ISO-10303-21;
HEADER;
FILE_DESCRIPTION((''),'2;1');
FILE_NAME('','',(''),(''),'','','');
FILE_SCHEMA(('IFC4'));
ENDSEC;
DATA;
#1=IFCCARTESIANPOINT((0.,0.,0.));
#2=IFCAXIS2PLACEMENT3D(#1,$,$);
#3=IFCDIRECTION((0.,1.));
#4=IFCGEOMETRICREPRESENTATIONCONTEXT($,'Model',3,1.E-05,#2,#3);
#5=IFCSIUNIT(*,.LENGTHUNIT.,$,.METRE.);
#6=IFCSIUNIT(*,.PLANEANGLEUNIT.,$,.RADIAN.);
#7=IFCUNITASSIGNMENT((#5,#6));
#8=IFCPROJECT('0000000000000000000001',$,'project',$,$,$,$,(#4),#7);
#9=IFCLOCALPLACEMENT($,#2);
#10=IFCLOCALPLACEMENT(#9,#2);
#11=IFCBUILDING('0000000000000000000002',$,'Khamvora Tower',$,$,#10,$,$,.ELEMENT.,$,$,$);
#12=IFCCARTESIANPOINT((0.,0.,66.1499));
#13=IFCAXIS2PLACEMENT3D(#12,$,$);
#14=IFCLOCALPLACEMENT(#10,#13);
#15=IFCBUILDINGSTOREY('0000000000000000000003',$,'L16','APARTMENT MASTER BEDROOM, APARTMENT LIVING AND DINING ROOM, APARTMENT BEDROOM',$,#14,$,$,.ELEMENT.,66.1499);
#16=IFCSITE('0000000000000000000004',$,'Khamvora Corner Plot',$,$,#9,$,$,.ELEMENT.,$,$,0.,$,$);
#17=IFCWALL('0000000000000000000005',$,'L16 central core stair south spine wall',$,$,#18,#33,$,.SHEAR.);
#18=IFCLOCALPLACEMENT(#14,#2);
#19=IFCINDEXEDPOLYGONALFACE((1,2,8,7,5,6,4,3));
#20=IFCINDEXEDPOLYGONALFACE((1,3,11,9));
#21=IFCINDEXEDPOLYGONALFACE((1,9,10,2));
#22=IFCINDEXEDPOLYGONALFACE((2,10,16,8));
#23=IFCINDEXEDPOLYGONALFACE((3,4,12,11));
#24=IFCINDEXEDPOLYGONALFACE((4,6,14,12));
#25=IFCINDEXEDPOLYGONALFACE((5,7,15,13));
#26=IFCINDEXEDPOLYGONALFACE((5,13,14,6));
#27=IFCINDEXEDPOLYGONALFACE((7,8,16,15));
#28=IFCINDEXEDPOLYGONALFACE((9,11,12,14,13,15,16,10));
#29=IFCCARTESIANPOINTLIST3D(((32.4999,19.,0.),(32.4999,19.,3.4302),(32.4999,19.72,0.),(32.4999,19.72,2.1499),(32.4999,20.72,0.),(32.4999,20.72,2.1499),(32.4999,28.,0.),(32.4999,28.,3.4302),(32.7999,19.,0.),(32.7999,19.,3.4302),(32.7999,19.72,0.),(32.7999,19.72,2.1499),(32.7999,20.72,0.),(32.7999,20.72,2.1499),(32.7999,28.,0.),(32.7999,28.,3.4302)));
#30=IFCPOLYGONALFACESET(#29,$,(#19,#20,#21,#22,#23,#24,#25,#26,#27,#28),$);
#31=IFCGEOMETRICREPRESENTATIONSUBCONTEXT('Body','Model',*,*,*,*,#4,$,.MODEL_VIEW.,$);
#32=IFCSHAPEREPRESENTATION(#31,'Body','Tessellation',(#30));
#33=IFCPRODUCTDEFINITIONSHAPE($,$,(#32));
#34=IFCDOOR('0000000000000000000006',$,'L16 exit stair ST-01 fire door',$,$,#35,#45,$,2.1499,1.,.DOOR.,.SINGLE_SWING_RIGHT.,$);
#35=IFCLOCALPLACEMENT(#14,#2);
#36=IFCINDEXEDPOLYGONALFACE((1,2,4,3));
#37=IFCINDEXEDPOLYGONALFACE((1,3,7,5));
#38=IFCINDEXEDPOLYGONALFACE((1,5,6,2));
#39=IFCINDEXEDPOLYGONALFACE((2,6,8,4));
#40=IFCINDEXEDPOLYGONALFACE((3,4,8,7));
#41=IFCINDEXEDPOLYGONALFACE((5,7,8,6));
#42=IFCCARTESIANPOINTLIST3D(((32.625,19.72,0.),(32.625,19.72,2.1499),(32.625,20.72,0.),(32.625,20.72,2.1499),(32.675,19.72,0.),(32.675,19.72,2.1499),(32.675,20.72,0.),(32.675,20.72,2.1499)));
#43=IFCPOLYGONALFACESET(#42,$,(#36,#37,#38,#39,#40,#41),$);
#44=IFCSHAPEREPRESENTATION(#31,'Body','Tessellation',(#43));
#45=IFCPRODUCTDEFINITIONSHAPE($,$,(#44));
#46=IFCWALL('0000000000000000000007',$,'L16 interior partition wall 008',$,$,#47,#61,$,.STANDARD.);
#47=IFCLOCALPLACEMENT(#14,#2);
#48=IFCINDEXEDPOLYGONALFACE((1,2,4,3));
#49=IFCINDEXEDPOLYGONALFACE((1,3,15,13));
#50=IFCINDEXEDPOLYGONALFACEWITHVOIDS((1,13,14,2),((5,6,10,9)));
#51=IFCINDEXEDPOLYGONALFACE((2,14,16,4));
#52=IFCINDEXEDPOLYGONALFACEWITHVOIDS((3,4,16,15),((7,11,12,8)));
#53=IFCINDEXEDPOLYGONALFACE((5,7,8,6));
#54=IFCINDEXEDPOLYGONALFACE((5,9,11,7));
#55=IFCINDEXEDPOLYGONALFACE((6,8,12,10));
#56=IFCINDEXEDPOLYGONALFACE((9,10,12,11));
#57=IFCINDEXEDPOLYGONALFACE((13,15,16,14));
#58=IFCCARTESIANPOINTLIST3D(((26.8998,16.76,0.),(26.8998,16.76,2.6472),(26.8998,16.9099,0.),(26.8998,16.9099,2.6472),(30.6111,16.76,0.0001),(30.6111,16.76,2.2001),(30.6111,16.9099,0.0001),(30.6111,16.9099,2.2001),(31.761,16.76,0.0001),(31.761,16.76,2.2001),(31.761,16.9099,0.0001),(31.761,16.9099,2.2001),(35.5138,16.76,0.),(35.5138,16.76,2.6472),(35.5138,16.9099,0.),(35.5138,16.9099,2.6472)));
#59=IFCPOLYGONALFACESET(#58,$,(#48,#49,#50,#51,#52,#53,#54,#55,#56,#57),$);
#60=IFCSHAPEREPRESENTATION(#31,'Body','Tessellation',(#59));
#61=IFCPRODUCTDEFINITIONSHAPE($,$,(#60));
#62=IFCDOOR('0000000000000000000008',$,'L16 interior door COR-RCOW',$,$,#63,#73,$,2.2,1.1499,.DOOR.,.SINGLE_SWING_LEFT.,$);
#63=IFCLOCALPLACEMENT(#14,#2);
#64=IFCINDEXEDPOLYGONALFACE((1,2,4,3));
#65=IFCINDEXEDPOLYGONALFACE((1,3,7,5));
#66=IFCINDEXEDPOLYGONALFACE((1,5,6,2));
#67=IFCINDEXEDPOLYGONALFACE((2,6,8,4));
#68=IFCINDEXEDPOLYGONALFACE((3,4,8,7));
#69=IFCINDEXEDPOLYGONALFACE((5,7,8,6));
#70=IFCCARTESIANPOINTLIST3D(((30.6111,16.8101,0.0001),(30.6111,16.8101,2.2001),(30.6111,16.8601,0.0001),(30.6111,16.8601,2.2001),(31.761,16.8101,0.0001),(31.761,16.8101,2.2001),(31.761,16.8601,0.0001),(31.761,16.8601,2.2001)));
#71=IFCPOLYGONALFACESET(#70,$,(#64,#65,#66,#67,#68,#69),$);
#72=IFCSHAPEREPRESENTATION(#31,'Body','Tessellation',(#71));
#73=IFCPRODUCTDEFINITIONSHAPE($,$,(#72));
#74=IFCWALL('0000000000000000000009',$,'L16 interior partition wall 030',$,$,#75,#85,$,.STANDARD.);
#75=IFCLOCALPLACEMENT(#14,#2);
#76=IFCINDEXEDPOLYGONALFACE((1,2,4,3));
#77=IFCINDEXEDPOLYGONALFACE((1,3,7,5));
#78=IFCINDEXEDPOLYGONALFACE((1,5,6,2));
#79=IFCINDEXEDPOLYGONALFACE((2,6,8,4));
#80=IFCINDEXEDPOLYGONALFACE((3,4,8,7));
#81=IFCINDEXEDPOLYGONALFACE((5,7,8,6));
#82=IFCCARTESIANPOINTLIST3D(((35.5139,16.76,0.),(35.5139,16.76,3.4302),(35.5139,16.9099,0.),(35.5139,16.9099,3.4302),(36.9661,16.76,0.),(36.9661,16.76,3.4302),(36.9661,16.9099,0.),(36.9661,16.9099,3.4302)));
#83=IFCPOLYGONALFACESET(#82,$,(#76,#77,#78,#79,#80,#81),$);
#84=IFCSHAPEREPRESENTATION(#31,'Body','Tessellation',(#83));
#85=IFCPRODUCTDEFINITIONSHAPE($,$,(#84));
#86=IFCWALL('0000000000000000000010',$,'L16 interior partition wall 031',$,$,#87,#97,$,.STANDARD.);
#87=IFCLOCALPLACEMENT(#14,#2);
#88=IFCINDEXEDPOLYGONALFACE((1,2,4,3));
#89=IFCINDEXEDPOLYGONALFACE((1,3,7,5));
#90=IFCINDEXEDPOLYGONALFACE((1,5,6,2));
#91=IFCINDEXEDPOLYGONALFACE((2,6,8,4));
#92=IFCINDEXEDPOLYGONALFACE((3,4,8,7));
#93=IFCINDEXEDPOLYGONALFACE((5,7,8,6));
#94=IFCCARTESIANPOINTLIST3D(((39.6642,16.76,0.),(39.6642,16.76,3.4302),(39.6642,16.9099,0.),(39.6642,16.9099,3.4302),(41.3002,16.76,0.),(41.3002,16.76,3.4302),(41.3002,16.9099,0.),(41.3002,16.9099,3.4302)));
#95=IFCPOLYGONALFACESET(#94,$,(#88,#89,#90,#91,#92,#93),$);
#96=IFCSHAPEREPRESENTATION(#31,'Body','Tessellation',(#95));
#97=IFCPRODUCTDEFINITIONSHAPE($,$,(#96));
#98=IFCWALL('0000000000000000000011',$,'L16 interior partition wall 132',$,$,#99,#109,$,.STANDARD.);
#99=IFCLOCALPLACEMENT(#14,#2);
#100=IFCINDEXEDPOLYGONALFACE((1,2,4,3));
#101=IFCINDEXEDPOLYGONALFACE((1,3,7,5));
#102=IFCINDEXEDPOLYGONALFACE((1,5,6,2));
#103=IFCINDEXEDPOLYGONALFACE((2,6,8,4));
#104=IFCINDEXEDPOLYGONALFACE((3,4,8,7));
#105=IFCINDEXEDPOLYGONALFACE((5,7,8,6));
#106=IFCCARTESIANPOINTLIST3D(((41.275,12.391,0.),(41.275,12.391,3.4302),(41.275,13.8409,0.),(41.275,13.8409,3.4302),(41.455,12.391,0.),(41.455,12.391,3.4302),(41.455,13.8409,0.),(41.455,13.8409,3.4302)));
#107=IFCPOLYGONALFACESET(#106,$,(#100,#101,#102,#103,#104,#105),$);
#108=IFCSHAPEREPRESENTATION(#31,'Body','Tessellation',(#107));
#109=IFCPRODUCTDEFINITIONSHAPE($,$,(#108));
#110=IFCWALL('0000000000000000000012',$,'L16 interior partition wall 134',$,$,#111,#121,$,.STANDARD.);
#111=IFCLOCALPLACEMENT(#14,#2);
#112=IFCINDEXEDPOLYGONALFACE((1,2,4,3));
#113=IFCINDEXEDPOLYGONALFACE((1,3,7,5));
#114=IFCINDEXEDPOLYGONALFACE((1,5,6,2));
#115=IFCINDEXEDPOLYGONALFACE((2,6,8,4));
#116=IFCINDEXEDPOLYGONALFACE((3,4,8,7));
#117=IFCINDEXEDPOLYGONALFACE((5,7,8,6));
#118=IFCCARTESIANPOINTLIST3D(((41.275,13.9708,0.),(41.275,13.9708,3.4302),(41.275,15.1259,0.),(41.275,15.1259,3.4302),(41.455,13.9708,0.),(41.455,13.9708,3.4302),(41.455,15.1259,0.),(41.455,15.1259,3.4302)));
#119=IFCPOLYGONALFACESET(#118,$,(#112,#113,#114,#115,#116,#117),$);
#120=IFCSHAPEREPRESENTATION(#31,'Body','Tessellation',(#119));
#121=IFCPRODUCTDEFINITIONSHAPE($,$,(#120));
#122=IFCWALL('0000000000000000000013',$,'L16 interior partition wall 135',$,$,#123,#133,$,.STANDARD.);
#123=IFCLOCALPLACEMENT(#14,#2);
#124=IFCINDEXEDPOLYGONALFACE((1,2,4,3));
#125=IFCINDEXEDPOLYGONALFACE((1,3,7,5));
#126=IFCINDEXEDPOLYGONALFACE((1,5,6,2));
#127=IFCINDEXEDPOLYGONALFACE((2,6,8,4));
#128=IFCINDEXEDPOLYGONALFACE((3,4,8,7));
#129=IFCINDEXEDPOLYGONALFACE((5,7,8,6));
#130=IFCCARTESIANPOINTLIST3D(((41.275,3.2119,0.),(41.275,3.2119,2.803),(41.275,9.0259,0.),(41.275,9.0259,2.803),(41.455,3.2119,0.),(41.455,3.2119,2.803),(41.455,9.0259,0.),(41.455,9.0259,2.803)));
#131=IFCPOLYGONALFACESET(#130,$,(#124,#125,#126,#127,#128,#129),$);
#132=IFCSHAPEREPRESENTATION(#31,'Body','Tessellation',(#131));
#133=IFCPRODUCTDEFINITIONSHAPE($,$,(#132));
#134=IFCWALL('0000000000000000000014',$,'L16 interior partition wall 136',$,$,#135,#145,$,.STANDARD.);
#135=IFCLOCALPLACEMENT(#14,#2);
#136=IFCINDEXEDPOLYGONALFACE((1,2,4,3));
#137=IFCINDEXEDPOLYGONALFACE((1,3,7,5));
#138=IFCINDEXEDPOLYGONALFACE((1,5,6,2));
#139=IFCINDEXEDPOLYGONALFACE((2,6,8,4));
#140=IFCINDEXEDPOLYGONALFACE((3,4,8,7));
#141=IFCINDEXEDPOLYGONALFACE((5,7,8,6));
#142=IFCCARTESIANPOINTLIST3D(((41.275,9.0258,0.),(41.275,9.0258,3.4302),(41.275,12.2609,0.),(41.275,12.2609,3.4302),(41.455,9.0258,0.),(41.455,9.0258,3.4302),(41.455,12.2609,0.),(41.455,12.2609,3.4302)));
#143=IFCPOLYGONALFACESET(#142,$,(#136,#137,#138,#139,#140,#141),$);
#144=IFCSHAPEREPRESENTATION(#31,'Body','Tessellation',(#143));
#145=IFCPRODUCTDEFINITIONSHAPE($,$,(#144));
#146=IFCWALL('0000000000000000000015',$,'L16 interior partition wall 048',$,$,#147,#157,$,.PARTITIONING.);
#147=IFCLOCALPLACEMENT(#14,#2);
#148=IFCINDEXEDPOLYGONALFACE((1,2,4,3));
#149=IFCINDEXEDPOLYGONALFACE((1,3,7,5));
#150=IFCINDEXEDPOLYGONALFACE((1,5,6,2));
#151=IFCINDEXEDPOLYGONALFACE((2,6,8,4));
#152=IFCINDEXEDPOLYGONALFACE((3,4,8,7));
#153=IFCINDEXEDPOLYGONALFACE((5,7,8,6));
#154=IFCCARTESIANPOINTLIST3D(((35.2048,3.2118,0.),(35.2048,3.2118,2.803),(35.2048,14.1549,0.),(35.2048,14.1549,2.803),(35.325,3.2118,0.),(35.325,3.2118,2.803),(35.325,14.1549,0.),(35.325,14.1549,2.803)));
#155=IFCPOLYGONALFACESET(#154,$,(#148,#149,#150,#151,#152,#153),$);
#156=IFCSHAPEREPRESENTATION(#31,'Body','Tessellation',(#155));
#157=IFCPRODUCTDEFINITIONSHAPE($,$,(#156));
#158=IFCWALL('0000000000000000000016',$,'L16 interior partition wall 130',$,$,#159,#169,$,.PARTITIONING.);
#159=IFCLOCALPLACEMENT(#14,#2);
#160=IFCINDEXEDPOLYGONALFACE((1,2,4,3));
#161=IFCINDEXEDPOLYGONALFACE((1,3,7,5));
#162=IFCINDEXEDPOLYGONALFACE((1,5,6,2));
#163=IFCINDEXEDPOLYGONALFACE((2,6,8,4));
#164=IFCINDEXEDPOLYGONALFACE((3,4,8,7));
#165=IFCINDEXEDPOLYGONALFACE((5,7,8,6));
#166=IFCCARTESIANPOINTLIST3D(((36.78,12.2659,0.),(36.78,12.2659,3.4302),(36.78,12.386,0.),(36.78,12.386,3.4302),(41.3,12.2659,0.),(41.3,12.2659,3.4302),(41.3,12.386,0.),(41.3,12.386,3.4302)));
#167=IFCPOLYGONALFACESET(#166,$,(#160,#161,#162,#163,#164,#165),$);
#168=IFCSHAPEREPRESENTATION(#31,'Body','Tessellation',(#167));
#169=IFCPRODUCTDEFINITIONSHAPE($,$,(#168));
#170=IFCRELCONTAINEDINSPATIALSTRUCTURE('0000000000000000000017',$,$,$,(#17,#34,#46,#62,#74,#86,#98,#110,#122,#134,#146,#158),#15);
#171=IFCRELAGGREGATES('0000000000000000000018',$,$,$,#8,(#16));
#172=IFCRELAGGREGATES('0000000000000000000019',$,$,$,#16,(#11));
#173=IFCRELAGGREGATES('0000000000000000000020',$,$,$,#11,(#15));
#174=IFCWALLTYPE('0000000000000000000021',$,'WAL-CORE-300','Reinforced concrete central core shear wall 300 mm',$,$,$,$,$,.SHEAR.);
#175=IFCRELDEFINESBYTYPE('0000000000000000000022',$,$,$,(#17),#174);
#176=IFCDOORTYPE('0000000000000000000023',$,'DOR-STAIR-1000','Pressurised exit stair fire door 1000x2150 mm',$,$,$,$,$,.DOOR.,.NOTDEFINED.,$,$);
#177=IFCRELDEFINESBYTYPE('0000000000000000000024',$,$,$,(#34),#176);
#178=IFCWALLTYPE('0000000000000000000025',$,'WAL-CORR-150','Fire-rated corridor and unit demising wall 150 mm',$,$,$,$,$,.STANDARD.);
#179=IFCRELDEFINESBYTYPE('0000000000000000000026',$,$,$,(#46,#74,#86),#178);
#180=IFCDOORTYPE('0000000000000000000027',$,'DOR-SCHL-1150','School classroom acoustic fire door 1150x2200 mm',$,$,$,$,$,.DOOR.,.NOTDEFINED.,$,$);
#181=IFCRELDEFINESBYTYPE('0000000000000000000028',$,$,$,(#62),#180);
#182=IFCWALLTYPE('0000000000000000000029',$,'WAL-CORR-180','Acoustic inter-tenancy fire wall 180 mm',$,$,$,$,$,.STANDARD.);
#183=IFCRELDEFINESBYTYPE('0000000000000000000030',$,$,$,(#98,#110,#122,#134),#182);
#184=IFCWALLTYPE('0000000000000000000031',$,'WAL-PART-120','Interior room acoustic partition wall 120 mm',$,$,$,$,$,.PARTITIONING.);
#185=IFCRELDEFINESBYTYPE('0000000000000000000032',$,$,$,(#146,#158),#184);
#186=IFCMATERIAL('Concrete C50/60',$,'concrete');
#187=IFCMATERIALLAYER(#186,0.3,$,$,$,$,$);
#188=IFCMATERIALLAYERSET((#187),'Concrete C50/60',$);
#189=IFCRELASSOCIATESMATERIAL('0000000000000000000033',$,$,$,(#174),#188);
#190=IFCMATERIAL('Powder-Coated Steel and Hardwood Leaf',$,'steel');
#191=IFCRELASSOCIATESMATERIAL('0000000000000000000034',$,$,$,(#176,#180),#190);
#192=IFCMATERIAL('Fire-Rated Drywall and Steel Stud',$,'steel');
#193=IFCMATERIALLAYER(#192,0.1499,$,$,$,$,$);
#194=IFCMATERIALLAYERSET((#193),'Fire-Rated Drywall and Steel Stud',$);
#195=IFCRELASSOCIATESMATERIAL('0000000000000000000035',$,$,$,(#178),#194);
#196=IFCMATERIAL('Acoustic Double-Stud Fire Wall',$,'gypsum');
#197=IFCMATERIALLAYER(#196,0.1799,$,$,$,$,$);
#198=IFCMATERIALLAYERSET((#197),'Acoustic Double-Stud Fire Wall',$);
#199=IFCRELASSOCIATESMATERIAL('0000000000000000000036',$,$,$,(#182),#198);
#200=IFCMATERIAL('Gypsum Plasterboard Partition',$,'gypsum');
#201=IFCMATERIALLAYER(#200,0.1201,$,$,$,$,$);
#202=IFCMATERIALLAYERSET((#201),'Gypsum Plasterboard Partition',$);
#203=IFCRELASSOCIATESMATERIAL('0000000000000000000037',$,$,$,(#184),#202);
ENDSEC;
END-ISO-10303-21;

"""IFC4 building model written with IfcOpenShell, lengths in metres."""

from ifc_helpers import new_model, si_unit, direction, frame, frame_2d, origin, place, context, subcontext, project, spatial, rectangle, extrude, material, layer, layer_set, type_object, element, fill, save


model = new_model("IFC4")

# Units and contexts
model_context = context("Model", 3, precision=1e-05, world=origin(), true_north=direction((0.0, 1.0)))
body_context = subcontext(model_context, "Body", "Model", "MODEL_VIEW")
ifc_project = project(units=[si_unit("LENGTHUNIT", "METRE"), si_unit("PLANEANGLEUNIT", "RADIAN")], contexts=[model_context])

# Site, building, storey
site_placement = place(None, origin())
site = spatial("IfcSite", under=ifc_project, at=site_placement, Name="Khamvora Corner Plot", CompositionType="ELEMENT", RefElevation=0.0)
building_placement = place(site_placement, origin())
building = spatial("IfcBuilding", under=site, at=building_placement, Name="Khamvora Tower", CompositionType="ELEMENT")
storey_placement = place(building_placement, frame((0.0, 0.0, 66.1499)))
storey = spatial("IfcBuildingStorey", under=building, at=storey_placement, Name="L16", Description="APARTMENT MASTER BEDROOM, APARTMENT LIVING AND DINING ROOM, APARTMENT BEDROOM", CompositionType="ELEMENT", Elevation=66.1499)

# Walls, openings, doors
ifc_material_1 = material(Name="Concrete C50/60", Category="concrete")
ifc_layer_1 = layer(ifc_material_1, 0.3)
ifc_layer_set_1 = layer_set([ifc_layer_1], Name="Concrete C50/60")
wall_type_1 = type_object("IfcWallType", Name="WAL-CORE-300", Description="Reinforced concrete central core shear wall 300 mm", PredefinedType="SHEAR", material=ifc_layer_set_1)
wall_1_placement = place(storey_placement, frame((32.6499, 19.0, 0.0), z_axis=(0.0, 0.0, 1.0), x_axis=(0.0, 1.0, 0.0)))
wall_1 = element("IfcWall", 1, at=wall_1_placement, inside=storey, type_object=wall_type_1, Name="L16 central core stair south spine wall", PredefinedType="SHEAR", context=body_context, shape_type="SweptSolid", body=[
    extrude(rectangle(XDim=9.0, YDim=0.3, at=frame_2d((4.5, 0.0))), origin(), (0.0, 0.0, 1.0), 3.4302),
])
opening_1_placement = place(wall_1_placement, frame((0.72, 0.0, 0.0)))
opening_1 = element("IfcOpeningElement", 2, at=opening_1_placement, cuts=wall_1, PredefinedType="OPENING", context=body_context, shape_type="SweptSolid", body=[
    extrude(rectangle(XDim=1.0, YDim=2.1499, at=frame_2d((0.5, 1.075))), frame((0.0, 0.1599, 0.0), z_axis=(0.0, -1.0, 0.0), x_axis=(1.0, 0.0, 0.0)), (0.0, 0.0, 1.0), 0.3201),
])
ifc_material_2 = material(Name="Powder-Coated Steel and Hardwood Leaf", Category="steel")
door_type_1 = type_object("IfcDoorType", Name="DOR-STAIR-1000", Description="Pressurised exit stair fire door 1000x2150 mm", OperationType="NOTDEFINED", PredefinedType="DOOR", material=ifc_material_2)
door_1_placement = place(opening_1_placement, origin())
door_1 = element("IfcDoor", 3, at=door_1_placement, inside=storey, type_object=door_type_1, Name="L16 exit stair ST-01 fire door", OperationType="SINGLE_SWING_RIGHT", OverallHeight=2.1499, OverallWidth=1.0, PredefinedType="DOOR", context=body_context, shape_type="SweptSolid", body=[
    extrude(rectangle(XDim=1.0, YDim=2.1499, at=frame_2d((0.5, 1.075))), frame((0.0, 0.0249, 0.0), z_axis=(0.0, -1.0, 0.0), x_axis=(1.0, 0.0, 0.0)), (0.0, 0.0, 1.0), 0.05),
])
fill(opening_1, door_1)
ifc_material_3 = material(Name="Fire-Rated Drywall and Steel Stud", Category="steel")
ifc_layer_2 = layer(ifc_material_3, 0.1499)
ifc_layer_set_2 = layer_set([ifc_layer_2], Name="Fire-Rated Drywall and Steel Stud")
wall_type_2 = type_object("IfcWallType", Name="WAL-CORR-150", Description="Fire-rated corridor and unit demising wall 150 mm", PredefinedType="STANDARD", material=ifc_layer_set_2)
wall_2_placement = place(storey_placement, frame((35.5139, 16.835, 0.0), z_axis=(0.0, 0.0, 1.0), x_axis=(-1.0, 0.0, 0.0)))
wall_2 = element("IfcWall", 4, at=wall_2_placement, inside=storey, type_object=wall_type_2, Name="L16 interior partition wall 008", PredefinedType="STANDARD", context=body_context, shape_type="SweptSolid", body=[
    extrude(rectangle(XDim=8.614, YDim=0.1499, at=frame_2d((4.3071, 0.0))), origin(), (0.0, 0.0, 1.0), 2.6472),
])
opening_2_placement = place(wall_2_placement, frame((3.7529, 0.0, 0.0)))
opening_2 = element("IfcOpeningElement", 5, at=opening_2_placement, cuts=wall_2, PredefinedType="OPENING", context=body_context, shape_type="SweptSolid", body=[
    extrude(rectangle(XDim=1.1499, YDim=2.2, at=frame_2d((0.575, 1.1001))), frame((0.0, 0.085, 0.0), z_axis=(0.0, -1.0, 0.0), x_axis=(1.0, 0.0, 0.0)), (0.0, 0.0, 1.0), 0.1699),
])
door_type_2 = type_object("IfcDoorType", Name="DOR-SCHL-1150", Description="School classroom acoustic fire door 1150x2200 mm", OperationType="NOTDEFINED", PredefinedType="DOOR", material=ifc_material_2)
door_2_placement = place(opening_2_placement, origin())
door_2 = element("IfcDoor", 6, at=door_2_placement, inside=storey, type_object=door_type_2, Name="L16 interior door COR-RCOW", OperationType="SINGLE_SWING_LEFT", OverallHeight=2.2, OverallWidth=1.1499, PredefinedType="DOOR", context=body_context, shape_type="SweptSolid", body=[
    extrude(rectangle(XDim=1.1499, YDim=2.2, at=frame_2d((0.575, 1.1001))), frame((0.0, 0.0249, 0.0), z_axis=(0.0, -1.0, 0.0), x_axis=(1.0, 0.0, 0.0)), (0.0, 0.0, 1.0), 0.05),
])
fill(opening_2, door_2)

# Walls
wall_3_placement = place(storey_placement, frame((36.9661, 16.835, 0.0), z_axis=(0.0, 0.0, 1.0), x_axis=(-1.0, 0.0, 0.0)))
element("IfcWall", 7, at=wall_3_placement, inside=storey, type_object=wall_type_2, Name="L16 interior partition wall 030", PredefinedType="STANDARD", context=body_context, shape_type="SweptSolid", body=[
    extrude(rectangle(XDim=1.4521, YDim=0.1499, at=frame_2d((0.7261, 0.0))), origin(), (0.0, 0.0, 1.0), 3.4302),
])
wall_4_placement = place(storey_placement, frame((41.3, 16.835, 0.0), z_axis=(0.0, 0.0, 1.0), x_axis=(-1.0, 0.0, 0.0)))
element("IfcWall", 8, at=wall_4_placement, inside=storey, type_object=wall_type_2, Name="L16 interior partition wall 031", PredefinedType="STANDARD", context=body_context, shape_type="SweptSolid", body=[
    extrude(rectangle(XDim=1.636, YDim=0.1499, at=frame_2d((0.8179, 0.0))), origin(), (0.0, 0.0, 1.0), 3.4302),
])
ifc_material_4 = material(Name="Acoustic Double-Stud Fire Wall", Category="gypsum")
ifc_layer_3 = layer(ifc_material_4, 0.1799)
ifc_layer_set_3 = layer_set([ifc_layer_3], Name="Acoustic Double-Stud Fire Wall")
wall_type_3 = type_object("IfcWallType", Name="WAL-CORR-180", Description="Acoustic inter-tenancy fire wall 180 mm", PredefinedType="STANDARD", material=ifc_layer_set_3)
wall_5_placement = place(storey_placement, frame((41.365, 13.8411, 0.0), z_axis=(0.0, 0.0, 1.0), x_axis=(0.0, -1.0, 0.0)))
element("IfcWall", 9, at=wall_5_placement, inside=storey, type_object=wall_type_3, Name="L16 interior partition wall 132", PredefinedType="STANDARD", context=body_context, shape_type="SweptSolid", body=[
    extrude(rectangle(XDim=1.45, YDim=0.1799, at=frame_2d((0.7251, 0.0))), origin(), (0.0, 0.0, 1.0), 3.4302),
])
wall_6_placement = place(storey_placement, frame((41.365, 15.126, 0.0), z_axis=(0.0, 0.0, 1.0), x_axis=(0.0, -1.0, 0.0)))
element("IfcWall", 10, at=wall_6_placement, inside=storey, type_object=wall_type_3, Name="L16 interior partition wall 134", PredefinedType="STANDARD", context=body_context, shape_type="SweptSolid", body=[
    extrude(rectangle(XDim=1.155, YDim=0.1799, at=frame_2d((0.5776, 0.0))), origin(), (0.0, 0.0, 1.0), 3.4302),
])
wall_7_placement = place(storey_placement, frame((41.365, 9.0259, 0.0), z_axis=(0.0, 0.0, 1.0), x_axis=(0.0, -1.0, 0.0)))
element("IfcWall", 11, at=wall_7_placement, inside=storey, type_object=wall_type_3, Name="L16 interior partition wall 135", PredefinedType="STANDARD", context=body_context, shape_type="SweptSolid", body=[
    extrude(rectangle(XDim=5.814, YDim=0.1799, at=frame_2d((2.907, 0.0))), origin(), (0.0, 0.0, 1.0), 2.803),
])
wall_8_placement = place(storey_placement, frame((41.365, 12.261, 0.0), z_axis=(0.0, 0.0, 1.0), x_axis=(0.0, -1.0, 0.0)))
element("IfcWall", 12, at=wall_8_placement, inside=storey, type_object=wall_type_3, Name="L16 interior partition wall 136", PredefinedType="STANDARD", context=body_context, shape_type="SweptSolid", body=[
    extrude(rectangle(XDim=3.2351, YDim=0.1799, at=frame_2d((1.6177, 0.0))), origin(), (0.0, 0.0, 1.0), 3.4302),
])
ifc_material_5 = material(Name="Gypsum Plasterboard Partition", Category="gypsum")
ifc_layer_4 = layer(ifc_material_5, 0.1201)
ifc_layer_set_4 = layer_set([ifc_layer_4], Name="Gypsum Plasterboard Partition")
wall_type_4 = type_object("IfcWallType", Name="WAL-PART-120", Description="Interior room acoustic partition wall 120 mm", PredefinedType="PARTITIONING", material=ifc_layer_set_4)
wall_9_placement = place(storey_placement, frame((35.2649, 14.155, 0.0), z_axis=(0.0, 0.0, 1.0), x_axis=(0.0, -1.0, 0.0)))
element("IfcWall", 13, at=wall_9_placement, inside=storey, type_object=wall_type_4, Name="L16 interior partition wall 048", PredefinedType="PARTITIONING", context=body_context, shape_type="SweptSolid", body=[
    extrude(rectangle(XDim=10.9431, YDim=0.1201, at=frame_2d((5.4717, 0.0))), origin(), (0.0, 0.0, 1.0), 2.803),
])
wall_10_placement = place(storey_placement, frame((41.3, 12.3259, 0.0), z_axis=(0.0, 0.0, 1.0), x_axis=(-1.0, 0.0, 0.0)))
element("IfcWall", 14, at=wall_10_placement, inside=storey, type_object=wall_type_4, Name="L16 interior partition wall 130", PredefinedType="PARTITIONING", context=body_context, shape_type="SweptSolid", body=[
    extrude(rectangle(XDim=4.52, YDim=0.1201, at=frame_2d((2.26, 0.0))), origin(), (0.0, 0.0, 1.0), 3.4302),
])

save(model, "model.ifc")
